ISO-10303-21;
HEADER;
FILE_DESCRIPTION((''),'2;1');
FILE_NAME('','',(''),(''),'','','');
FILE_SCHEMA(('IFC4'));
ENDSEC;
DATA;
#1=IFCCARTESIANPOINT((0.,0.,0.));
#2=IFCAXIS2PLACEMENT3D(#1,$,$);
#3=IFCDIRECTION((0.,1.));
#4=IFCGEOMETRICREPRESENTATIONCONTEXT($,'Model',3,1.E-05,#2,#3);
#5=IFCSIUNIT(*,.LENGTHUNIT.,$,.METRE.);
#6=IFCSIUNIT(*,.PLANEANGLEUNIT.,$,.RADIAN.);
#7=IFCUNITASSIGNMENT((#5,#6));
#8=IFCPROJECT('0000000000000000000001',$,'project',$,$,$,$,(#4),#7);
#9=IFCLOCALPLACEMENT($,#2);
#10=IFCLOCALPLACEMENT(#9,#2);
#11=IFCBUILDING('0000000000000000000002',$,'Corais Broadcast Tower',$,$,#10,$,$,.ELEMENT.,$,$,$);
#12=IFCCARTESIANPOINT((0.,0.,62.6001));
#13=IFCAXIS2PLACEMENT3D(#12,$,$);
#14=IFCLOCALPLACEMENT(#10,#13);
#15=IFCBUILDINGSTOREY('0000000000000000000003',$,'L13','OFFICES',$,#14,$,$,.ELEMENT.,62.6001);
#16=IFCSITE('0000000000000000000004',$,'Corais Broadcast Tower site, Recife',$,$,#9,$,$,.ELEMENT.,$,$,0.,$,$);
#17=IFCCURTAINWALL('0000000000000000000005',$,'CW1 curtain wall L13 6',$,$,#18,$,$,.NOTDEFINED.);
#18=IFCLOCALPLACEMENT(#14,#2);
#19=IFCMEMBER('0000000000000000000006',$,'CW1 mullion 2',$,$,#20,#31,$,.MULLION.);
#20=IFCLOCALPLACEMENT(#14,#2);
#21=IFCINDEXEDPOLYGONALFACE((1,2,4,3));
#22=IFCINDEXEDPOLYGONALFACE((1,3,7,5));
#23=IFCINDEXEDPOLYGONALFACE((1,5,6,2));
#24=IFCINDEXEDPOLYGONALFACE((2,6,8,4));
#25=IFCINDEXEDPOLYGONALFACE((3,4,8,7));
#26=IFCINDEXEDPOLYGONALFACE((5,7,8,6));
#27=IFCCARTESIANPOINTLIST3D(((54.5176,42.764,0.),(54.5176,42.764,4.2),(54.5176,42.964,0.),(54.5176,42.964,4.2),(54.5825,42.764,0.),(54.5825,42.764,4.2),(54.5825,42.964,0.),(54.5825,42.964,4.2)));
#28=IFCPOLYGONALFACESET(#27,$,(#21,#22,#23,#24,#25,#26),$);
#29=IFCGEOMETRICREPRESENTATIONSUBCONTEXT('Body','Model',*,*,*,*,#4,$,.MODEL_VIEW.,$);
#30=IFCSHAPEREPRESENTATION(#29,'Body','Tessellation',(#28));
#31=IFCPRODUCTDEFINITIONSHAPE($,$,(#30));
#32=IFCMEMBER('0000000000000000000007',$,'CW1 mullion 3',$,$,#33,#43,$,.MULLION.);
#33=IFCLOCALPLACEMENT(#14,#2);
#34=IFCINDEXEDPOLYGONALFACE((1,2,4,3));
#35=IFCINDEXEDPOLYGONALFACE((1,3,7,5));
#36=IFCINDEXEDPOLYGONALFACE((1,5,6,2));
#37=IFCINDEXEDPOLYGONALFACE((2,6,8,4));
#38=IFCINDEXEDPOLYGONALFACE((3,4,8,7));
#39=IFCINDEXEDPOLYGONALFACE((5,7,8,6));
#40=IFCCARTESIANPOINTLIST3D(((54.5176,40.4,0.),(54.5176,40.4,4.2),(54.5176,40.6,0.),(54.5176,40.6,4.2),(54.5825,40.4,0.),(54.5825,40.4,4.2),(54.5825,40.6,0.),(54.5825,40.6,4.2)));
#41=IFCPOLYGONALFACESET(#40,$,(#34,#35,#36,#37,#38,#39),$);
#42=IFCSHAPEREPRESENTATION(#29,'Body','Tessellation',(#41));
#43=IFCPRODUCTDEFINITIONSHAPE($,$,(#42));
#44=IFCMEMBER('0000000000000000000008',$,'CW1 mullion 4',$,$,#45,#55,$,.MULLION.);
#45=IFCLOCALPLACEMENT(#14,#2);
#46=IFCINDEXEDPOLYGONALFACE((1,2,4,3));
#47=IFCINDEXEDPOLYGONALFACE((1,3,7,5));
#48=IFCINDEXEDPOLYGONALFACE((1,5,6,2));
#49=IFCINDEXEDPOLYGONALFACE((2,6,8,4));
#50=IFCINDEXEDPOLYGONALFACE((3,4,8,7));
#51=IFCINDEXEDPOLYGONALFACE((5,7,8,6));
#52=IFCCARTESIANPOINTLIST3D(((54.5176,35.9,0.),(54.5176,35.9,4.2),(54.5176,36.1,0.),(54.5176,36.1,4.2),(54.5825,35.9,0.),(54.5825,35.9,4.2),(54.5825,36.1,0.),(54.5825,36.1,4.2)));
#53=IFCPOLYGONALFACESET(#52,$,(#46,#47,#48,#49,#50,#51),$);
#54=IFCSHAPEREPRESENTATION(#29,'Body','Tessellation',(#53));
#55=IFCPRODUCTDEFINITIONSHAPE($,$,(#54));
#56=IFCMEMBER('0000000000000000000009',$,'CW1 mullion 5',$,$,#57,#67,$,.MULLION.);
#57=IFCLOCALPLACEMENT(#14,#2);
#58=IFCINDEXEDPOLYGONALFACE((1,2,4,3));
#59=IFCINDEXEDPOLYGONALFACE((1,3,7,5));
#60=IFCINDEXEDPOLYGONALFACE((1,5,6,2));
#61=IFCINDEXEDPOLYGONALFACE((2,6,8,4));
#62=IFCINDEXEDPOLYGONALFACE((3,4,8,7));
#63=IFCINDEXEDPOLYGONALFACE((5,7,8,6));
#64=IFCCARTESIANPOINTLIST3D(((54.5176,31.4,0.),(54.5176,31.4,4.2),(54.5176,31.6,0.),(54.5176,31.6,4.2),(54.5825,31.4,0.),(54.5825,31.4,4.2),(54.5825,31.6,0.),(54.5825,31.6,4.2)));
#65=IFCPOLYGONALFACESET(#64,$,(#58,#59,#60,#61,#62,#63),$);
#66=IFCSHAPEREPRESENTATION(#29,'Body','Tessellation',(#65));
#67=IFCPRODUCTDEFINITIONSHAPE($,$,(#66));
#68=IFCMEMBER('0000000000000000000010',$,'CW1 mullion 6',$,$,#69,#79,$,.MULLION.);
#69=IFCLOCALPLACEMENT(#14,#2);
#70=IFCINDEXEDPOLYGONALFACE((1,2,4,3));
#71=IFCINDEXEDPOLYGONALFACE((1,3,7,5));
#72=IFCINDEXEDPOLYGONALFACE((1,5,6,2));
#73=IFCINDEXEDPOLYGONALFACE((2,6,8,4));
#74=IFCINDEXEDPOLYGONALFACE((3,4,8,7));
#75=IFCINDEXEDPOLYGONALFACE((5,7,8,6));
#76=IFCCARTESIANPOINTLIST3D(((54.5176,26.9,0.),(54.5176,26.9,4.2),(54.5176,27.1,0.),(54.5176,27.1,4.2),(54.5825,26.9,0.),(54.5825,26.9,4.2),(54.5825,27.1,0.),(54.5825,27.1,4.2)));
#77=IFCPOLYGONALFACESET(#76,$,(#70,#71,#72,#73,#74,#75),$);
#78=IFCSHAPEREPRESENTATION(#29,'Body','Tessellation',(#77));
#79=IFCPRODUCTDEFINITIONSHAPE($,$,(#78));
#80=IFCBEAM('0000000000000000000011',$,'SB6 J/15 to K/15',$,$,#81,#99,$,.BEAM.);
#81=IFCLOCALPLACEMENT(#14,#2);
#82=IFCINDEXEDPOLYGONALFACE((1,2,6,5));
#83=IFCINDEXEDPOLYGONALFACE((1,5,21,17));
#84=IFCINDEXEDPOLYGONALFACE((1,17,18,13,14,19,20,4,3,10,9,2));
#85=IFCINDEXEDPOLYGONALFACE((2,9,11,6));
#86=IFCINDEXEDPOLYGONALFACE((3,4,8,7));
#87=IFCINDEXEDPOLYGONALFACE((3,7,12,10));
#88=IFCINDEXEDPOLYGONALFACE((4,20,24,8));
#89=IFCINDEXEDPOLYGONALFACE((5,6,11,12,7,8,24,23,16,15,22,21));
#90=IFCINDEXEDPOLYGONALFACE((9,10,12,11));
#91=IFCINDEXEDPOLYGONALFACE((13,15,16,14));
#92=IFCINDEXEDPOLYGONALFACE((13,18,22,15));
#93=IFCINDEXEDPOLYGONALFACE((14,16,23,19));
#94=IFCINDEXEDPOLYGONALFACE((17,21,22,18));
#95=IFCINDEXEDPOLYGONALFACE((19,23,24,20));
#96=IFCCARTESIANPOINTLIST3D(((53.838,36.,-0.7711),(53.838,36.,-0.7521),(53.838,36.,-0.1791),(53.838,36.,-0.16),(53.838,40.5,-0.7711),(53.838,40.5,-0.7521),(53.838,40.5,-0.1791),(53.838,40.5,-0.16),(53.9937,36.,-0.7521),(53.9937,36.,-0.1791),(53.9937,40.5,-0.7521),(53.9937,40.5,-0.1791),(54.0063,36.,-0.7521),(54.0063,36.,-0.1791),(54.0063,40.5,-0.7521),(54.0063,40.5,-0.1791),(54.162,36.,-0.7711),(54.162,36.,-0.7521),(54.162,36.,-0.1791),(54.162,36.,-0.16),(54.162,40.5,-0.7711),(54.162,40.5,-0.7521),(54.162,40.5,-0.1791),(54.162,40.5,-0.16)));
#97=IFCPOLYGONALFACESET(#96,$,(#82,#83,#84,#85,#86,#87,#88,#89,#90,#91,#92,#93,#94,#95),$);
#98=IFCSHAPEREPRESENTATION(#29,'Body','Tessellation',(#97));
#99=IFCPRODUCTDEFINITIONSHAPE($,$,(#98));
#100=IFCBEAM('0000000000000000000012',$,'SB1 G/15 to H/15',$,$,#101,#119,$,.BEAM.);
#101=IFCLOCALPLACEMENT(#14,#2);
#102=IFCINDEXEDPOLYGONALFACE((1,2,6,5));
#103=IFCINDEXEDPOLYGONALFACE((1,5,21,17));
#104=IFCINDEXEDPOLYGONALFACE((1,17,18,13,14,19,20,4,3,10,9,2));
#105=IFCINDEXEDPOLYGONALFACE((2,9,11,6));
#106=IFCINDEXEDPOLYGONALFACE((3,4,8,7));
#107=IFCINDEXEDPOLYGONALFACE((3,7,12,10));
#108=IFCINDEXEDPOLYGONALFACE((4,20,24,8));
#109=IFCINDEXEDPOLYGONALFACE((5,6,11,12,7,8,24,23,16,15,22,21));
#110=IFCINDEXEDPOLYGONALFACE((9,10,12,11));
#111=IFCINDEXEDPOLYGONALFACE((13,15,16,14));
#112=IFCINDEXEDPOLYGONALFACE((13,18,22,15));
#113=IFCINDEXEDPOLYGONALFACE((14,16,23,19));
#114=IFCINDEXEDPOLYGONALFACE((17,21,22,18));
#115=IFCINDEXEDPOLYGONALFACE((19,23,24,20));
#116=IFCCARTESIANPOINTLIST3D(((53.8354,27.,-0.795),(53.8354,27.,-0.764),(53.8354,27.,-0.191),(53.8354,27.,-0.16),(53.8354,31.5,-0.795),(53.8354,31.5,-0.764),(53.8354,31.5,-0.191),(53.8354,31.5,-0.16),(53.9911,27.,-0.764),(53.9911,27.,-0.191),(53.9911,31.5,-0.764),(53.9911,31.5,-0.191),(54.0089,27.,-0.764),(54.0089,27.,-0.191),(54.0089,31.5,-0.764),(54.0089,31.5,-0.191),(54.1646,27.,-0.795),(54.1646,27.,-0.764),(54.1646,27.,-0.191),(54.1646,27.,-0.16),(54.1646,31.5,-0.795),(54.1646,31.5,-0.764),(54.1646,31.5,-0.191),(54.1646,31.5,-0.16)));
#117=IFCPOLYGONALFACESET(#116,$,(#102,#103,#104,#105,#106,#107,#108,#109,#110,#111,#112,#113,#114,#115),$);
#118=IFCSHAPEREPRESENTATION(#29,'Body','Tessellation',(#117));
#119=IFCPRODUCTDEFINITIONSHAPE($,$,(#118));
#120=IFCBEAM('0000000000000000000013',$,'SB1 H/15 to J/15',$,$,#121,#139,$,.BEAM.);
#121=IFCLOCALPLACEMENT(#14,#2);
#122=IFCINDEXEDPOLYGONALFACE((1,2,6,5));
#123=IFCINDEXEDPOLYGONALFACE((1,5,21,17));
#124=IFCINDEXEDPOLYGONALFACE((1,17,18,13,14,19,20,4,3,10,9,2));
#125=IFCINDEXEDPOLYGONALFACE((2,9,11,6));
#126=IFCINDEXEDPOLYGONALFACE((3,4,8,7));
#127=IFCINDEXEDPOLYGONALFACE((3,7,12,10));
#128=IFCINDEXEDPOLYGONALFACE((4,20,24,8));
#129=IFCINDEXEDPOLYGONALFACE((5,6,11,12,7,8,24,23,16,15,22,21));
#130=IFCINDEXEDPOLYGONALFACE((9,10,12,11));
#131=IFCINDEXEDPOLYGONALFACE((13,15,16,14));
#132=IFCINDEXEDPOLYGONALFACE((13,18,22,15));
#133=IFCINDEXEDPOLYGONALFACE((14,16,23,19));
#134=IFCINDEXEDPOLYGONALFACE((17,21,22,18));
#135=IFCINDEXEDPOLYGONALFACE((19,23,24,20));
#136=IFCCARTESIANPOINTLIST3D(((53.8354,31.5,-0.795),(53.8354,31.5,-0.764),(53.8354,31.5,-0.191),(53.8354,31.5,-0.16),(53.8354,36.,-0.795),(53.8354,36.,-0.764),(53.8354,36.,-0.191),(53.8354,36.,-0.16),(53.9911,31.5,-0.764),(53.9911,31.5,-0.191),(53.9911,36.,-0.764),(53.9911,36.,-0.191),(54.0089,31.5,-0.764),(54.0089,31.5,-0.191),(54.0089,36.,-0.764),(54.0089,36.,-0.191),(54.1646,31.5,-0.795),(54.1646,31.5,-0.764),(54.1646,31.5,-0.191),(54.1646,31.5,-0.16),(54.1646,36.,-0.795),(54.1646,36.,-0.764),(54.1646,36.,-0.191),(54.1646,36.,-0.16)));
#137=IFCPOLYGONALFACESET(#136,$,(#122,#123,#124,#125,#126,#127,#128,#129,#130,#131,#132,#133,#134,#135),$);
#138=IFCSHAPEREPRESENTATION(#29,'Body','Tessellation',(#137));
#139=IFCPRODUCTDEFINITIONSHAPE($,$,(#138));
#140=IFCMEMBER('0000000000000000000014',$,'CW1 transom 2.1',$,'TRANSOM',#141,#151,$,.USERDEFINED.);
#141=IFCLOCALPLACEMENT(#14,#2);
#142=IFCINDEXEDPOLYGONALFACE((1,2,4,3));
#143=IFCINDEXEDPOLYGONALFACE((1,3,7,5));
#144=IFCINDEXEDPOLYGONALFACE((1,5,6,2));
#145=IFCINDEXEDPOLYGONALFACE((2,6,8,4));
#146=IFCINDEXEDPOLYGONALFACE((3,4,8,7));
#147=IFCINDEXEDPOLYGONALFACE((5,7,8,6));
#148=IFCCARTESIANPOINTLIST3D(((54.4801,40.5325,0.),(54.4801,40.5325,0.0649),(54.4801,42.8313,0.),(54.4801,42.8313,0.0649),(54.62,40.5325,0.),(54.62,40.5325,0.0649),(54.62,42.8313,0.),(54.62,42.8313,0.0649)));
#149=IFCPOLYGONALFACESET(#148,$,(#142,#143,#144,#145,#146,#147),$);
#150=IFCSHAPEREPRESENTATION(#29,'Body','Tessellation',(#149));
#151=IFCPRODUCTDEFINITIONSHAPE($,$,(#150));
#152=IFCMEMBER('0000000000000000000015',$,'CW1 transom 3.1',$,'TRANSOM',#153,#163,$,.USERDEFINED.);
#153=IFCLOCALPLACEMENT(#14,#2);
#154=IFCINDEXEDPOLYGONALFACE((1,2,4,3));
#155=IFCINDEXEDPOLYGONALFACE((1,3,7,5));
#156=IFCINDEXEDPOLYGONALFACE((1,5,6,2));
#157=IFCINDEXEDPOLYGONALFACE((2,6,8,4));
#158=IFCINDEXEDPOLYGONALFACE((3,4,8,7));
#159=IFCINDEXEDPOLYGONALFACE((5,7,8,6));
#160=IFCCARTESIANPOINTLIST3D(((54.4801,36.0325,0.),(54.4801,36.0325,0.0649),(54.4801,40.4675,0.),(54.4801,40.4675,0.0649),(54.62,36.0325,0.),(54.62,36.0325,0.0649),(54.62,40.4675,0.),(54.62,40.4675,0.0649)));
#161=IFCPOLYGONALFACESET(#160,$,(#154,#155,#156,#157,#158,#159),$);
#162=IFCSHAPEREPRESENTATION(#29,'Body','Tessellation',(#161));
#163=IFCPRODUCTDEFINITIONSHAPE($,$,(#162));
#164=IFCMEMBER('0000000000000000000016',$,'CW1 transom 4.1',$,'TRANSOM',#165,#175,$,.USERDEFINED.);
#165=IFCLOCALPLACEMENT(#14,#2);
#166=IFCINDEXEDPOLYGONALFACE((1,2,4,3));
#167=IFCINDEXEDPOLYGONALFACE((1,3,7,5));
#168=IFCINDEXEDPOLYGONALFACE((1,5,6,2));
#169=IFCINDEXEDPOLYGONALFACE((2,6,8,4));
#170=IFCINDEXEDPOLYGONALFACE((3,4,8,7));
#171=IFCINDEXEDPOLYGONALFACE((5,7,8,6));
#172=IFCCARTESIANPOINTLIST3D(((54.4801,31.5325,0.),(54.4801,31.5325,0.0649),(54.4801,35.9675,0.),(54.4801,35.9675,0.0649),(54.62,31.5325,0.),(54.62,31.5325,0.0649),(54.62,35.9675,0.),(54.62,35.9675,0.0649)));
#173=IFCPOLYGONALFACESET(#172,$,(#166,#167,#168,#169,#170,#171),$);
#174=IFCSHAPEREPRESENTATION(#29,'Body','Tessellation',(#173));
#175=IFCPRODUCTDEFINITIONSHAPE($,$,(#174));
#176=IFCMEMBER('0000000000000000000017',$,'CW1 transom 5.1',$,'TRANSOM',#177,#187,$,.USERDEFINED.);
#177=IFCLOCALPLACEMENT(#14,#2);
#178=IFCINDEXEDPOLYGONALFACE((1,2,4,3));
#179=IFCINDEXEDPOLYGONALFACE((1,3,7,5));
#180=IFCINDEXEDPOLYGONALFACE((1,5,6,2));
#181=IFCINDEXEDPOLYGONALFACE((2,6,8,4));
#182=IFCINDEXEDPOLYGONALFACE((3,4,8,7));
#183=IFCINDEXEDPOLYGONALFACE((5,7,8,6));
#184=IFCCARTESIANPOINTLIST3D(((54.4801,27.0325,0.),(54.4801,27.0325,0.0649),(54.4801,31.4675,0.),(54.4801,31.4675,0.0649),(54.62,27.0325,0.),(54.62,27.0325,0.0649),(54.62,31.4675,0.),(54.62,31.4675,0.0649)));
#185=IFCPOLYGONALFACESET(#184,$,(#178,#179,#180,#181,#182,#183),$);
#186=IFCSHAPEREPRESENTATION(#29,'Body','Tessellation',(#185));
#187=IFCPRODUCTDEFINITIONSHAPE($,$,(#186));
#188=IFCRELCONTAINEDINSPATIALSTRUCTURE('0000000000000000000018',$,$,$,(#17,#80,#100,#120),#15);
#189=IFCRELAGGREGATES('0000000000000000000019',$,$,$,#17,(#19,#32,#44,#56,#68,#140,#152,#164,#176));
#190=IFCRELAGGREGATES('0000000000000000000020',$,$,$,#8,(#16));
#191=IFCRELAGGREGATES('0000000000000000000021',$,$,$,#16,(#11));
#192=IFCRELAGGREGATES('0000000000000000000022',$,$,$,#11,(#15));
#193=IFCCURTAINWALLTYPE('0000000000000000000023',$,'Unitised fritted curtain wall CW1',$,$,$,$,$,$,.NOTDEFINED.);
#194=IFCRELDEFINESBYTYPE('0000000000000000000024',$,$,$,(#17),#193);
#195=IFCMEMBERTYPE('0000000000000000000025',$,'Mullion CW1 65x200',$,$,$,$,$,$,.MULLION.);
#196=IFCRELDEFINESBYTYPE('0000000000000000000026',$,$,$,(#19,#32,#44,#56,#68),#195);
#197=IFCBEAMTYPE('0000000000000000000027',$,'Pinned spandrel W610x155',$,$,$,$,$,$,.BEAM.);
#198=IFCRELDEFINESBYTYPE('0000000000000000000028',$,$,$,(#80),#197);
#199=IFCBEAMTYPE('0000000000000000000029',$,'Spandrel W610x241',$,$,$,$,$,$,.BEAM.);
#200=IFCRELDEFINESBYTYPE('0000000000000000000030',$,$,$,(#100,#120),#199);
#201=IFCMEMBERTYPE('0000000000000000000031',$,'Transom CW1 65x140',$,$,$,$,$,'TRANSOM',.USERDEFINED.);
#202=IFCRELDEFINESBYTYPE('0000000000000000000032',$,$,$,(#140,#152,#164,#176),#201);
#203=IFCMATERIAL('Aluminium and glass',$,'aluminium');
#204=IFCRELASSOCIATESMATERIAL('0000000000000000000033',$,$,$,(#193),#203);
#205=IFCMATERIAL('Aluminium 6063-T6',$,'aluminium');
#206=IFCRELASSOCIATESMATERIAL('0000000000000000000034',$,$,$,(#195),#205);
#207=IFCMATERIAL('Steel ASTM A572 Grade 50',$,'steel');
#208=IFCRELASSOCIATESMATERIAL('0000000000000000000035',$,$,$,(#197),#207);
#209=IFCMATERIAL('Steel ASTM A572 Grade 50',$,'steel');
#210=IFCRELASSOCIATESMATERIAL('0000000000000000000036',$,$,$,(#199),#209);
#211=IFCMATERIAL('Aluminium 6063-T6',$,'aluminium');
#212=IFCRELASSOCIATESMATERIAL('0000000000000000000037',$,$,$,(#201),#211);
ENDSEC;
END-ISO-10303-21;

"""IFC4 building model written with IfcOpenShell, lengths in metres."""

from ifc_helpers import new_model, si_unit, direction, frame, origin, origin_2d, place, context, subcontext, project, spatial, rectangle, i_section, extrude, material, material_profile, profile_set, type_object, element, aggregate, save


model = new_model("IFC4")

# Units and contexts
model_context = context("Model", 3, precision=1e-05, world=origin(), true_north=direction((0.0, 1.0)))
body_context = subcontext(model_context, "Body", "Model", "MODEL_VIEW")
ifc_project = project(units=[si_unit("LENGTHUNIT", "METRE"), si_unit("PLANEANGLEUNIT", "RADIAN")], contexts=[model_context])

# Site, building, storey
site_placement = place(None, origin())
site = spatial("IfcSite", under=ifc_project, at=site_placement, Name="Corais Broadcast Tower site, Recife", CompositionType="ELEMENT", RefElevation=0.0)
building_placement = place(site_placement, origin())
building = spatial("IfcBuilding", under=site, at=building_placement, Name="Corais Broadcast Tower", CompositionType="ELEMENT")
storey_placement = place(building_placement, frame((0.0, 0.0, 62.6001)))
storey = spatial("IfcBuildingStorey", under=building, at=storey_placement, Name="L13", Description="OFFICES", CompositionType="ELEMENT", Elevation=62.6001)

# Curtain wall, members
ifc_material_1 = material(Name="Aluminium and glass", Category="aluminium")
curtain_wall_type = type_object("IfcCurtainWallType", Name="Unitised fritted curtain wall CW1", PredefinedType="NOTDEFINED", material=ifc_material_1)
curtain_wall_placement = place(storey_placement, origin())
curtain_wall = element("IfcCurtainWall", 1, at=curtain_wall_placement, inside=storey, type_object=curtain_wall_type, Name="CW1 curtain wall L13 6", PredefinedType="NOTDEFINED")
ifc_material_2 = material(Name="Aluminium 6063-T6", Category="aluminium")
ifc_material_profile_1 = material_profile(ifc_material_2, rectangle(XDim=0.0649, YDim=0.2, at=origin_2d()), Name="Mullion CW1 65x200")
ifc_profile_set_1 = profile_set([ifc_material_profile_1], Name="Aluminium 6063-T6")
member_type_1 = type_object("IfcMemberType", Name="Mullion CW1 65x200", PredefinedType="MULLION", material=ifc_profile_set_1)
member_1_placement = place(storey_placement, frame((54.55, 42.864, 0.0), z_axis=(0.0, 0.0, 1.0), x_axis=(1.0, 0.0, 0.0)))
member_1 = element("IfcMember", 2, at=member_1_placement, type_object=member_type_1, Name="CW1 mullion 2", PredefinedType="MULLION", context=body_context, shape_type="SweptSolid", body=[
    extrude(rectangle(XDim=0.0649, YDim=0.2, at=origin_2d()), origin(), (0.0, 0.0, 1.0), 4.2),
])
member_2_placement = place(storey_placement, frame((54.55, 40.5, 0.0), z_axis=(0.0, 0.0, 1.0), x_axis=(1.0, 0.0, 0.0)))
member_2 = element("IfcMember", 3, at=member_2_placement, type_object=member_type_1, Name="CW1 mullion 3", PredefinedType="MULLION", context=body_context, shape_type="SweptSolid", body=[
    extrude(rectangle(XDim=0.0649, YDim=0.2, at=origin_2d()), origin(), (0.0, 0.0, 1.0), 4.2),
])
member_3_placement = place(storey_placement, frame((54.55, 36.0, 0.0), z_axis=(0.0, 0.0, 1.0), x_axis=(1.0, 0.0, 0.0)))
member_3 = element("IfcMember", 4, at=member_3_placement, type_object=member_type_1, Name="CW1 mullion 4", PredefinedType="MULLION", context=body_context, shape_type="SweptSolid", body=[
    extrude(rectangle(XDim=0.0649, YDim=0.2, at=origin_2d()), origin(), (0.0, 0.0, 1.0), 4.2),
])
member_4_placement = place(storey_placement, frame((54.55, 31.5, 0.0), z_axis=(0.0, 0.0, 1.0), x_axis=(1.0, 0.0, 0.0)))
member_4 = element("IfcMember", 5, at=member_4_placement, type_object=member_type_1, Name="CW1 mullion 5", PredefinedType="MULLION", context=body_context, shape_type="SweptSolid", body=[
    extrude(rectangle(XDim=0.0649, YDim=0.2, at=origin_2d()), origin(), (0.0, 0.0, 1.0), 4.2),
])
member_5_placement = place(storey_placement, frame((54.55, 27.0, 0.0), z_axis=(0.0, 0.0, 1.0), x_axis=(1.0, 0.0, 0.0)))
member_5 = element("IfcMember", 6, at=member_5_placement, type_object=member_type_1, Name="CW1 mullion 6", PredefinedType="MULLION", context=body_context, shape_type="SweptSolid", body=[
    extrude(rectangle(XDim=0.0649, YDim=0.2, at=origin_2d()), origin(), (0.0, 0.0, 1.0), 4.2),
])

# Beams
ifc_material_3 = material(Name="Steel ASTM A572 Grade 50", Category="steel")
ifc_material_profile_2 = material_profile(ifc_material_3, i_section(OverallWidth=0.324, OverallDepth=0.6111, WebThickness=0.0127, FlangeThickness=0.019, at=origin_2d()), Name="W610x155")
ifc_profile_set_2 = profile_set([ifc_material_profile_2], Name="Steel ASTM A572 Grade 50")
beam_type_1 = type_object("IfcBeamType", Name="Pinned spandrel W610x155", PredefinedType="BEAM", material=ifc_profile_set_2)
beam_1_placement = place(storey_placement, frame((54.0, 36.0, -0.4656), z_axis=(0.0, 1.0, 0.0), x_axis=(-1.0, 0.0, 0.0)))
element("IfcBeam", 7, at=beam_1_placement, inside=storey, type_object=beam_type_1, Name="SB6 J/15 to K/15", PredefinedType="BEAM", context=body_context, shape_type="SweptSolid", body=[
    extrude(i_section(OverallWidth=0.324, OverallDepth=0.6111, WebThickness=0.0127, FlangeThickness=0.019, at=origin_2d()), origin(), (0.0, 0.0, 1.0), 4.5),
])
ifc_material_4 = material(Name="Steel ASTM A572 Grade 50", Category="steel")
ifc_material_profile_3 = material_profile(ifc_material_4, i_section(OverallWidth=0.3291, OverallDepth=0.635, WebThickness=0.0178, FlangeThickness=0.031, at=origin_2d()), Name="W610x241")
ifc_profile_set_3 = profile_set([ifc_material_profile_3], Name="Steel ASTM A572 Grade 50")
beam_type_2 = type_object("IfcBeamType", Name="Spandrel W610x241", PredefinedType="BEAM", material=ifc_profile_set_3)
for number, where, z_axis, x_axis, name in (
    (8, (54.0, 27.0, -0.4775), (0.0, 1.0, 0.0), (-1.0, 0.0, 0.0), "SB1 G/15 to H/15"),
    (9, (54.0, 31.5, -0.4775), (0.0, 1.0, 0.0), (-1.0, 0.0, 0.0), "SB1 H/15 to J/15"),
):
    element("IfcBeam", number, at=place(storey_placement, frame(where, z_axis=z_axis, x_axis=x_axis)), inside=storey, type_object=beam_type_2, Name=name, PredefinedType="BEAM", context=body_context, shape_type="SweptSolid", body=[
        extrude(i_section(OverallWidth=0.3291, OverallDepth=0.635, WebThickness=0.0178, FlangeThickness=0.031, at=origin_2d()), origin(), (0.0, 0.0, 1.0), 4.5),
    ])

# Members
ifc_material_5 = material(Name="Aluminium 6063-T6", Category="aluminium")
ifc_material_profile_4 = material_profile(ifc_material_5, rectangle(XDim=0.1399, YDim=0.0649, at=origin_2d()), Name="Transom CW1 65x140")
ifc_profile_set_4 = profile_set([ifc_material_profile_4], Name="Aluminium 6063-T6")
member_type_2 = type_object("IfcMemberType", Name="Transom CW1 65x140", ElementType="TRANSOM", PredefinedType="USERDEFINED", material=ifc_profile_set_4)
member_6_placement = place(storey_placement, frame((54.55, 42.8313, 0.0325), z_axis=(0.0, -1.0, 0.0), x_axis=(1.0, 0.0, 0.0)))
member_6 = element("IfcMember", 10, at=member_6_placement, type_object=member_type_2, Name="CW1 transom 2.1", ObjectType="TRANSOM", PredefinedType="USERDEFINED", context=body_context, shape_type="SweptSolid", body=[
    extrude(rectangle(XDim=0.1399, YDim=0.0649, at=origin_2d()), origin(), (0.0, 0.0, 1.0), 2.2988),
])
member_7_placement = place(storey_placement, frame((54.55, 40.4675, 0.0325), z_axis=(0.0, -1.0, 0.0), x_axis=(1.0, 0.0, 0.0)))
member_7 = element("IfcMember", 11, at=member_7_placement, type_object=member_type_2, Name="CW1 transom 3.1", ObjectType="TRANSOM", PredefinedType="USERDEFINED", context=body_context, shape_type="SweptSolid", body=[
    extrude(rectangle(XDim=0.1399, YDim=0.0649, at=origin_2d()), origin(), (0.0, 0.0, 1.0), 4.4351),
])
member_8_placement = place(storey_placement, frame((54.55, 35.9675, 0.0325), z_axis=(0.0, -1.0, 0.0), x_axis=(1.0, 0.0, 0.0)))
member_8 = element("IfcMember", 12, at=member_8_placement, type_object=member_type_2, Name="CW1 transom 4.1", ObjectType="TRANSOM", PredefinedType="USERDEFINED", context=body_context, shape_type="SweptSolid", body=[
    extrude(rectangle(XDim=0.1399, YDim=0.0649, at=origin_2d()), origin(), (0.0, 0.0, 1.0), 4.4351),
])
member_9_placement = place(storey_placement, frame((54.55, 31.4675, 0.0325), z_axis=(0.0, -1.0, 0.0), x_axis=(1.0, 0.0, 0.0)))
member_9 = element("IfcMember", 13, at=member_9_placement, type_object=member_type_2, Name="CW1 transom 5.1", ObjectType="TRANSOM", PredefinedType="USERDEFINED", context=body_context, shape_type="SweptSolid", body=[
    extrude(rectangle(XDim=0.1399, YDim=0.0649, at=origin_2d()), origin(), (0.0, 0.0, 1.0), 4.4351),
])

aggregate(curtain_wall, [member_1, member_2, member_3, member_4, member_5, member_6, member_7, member_8, member_9])

save(model, "model.ifc")
